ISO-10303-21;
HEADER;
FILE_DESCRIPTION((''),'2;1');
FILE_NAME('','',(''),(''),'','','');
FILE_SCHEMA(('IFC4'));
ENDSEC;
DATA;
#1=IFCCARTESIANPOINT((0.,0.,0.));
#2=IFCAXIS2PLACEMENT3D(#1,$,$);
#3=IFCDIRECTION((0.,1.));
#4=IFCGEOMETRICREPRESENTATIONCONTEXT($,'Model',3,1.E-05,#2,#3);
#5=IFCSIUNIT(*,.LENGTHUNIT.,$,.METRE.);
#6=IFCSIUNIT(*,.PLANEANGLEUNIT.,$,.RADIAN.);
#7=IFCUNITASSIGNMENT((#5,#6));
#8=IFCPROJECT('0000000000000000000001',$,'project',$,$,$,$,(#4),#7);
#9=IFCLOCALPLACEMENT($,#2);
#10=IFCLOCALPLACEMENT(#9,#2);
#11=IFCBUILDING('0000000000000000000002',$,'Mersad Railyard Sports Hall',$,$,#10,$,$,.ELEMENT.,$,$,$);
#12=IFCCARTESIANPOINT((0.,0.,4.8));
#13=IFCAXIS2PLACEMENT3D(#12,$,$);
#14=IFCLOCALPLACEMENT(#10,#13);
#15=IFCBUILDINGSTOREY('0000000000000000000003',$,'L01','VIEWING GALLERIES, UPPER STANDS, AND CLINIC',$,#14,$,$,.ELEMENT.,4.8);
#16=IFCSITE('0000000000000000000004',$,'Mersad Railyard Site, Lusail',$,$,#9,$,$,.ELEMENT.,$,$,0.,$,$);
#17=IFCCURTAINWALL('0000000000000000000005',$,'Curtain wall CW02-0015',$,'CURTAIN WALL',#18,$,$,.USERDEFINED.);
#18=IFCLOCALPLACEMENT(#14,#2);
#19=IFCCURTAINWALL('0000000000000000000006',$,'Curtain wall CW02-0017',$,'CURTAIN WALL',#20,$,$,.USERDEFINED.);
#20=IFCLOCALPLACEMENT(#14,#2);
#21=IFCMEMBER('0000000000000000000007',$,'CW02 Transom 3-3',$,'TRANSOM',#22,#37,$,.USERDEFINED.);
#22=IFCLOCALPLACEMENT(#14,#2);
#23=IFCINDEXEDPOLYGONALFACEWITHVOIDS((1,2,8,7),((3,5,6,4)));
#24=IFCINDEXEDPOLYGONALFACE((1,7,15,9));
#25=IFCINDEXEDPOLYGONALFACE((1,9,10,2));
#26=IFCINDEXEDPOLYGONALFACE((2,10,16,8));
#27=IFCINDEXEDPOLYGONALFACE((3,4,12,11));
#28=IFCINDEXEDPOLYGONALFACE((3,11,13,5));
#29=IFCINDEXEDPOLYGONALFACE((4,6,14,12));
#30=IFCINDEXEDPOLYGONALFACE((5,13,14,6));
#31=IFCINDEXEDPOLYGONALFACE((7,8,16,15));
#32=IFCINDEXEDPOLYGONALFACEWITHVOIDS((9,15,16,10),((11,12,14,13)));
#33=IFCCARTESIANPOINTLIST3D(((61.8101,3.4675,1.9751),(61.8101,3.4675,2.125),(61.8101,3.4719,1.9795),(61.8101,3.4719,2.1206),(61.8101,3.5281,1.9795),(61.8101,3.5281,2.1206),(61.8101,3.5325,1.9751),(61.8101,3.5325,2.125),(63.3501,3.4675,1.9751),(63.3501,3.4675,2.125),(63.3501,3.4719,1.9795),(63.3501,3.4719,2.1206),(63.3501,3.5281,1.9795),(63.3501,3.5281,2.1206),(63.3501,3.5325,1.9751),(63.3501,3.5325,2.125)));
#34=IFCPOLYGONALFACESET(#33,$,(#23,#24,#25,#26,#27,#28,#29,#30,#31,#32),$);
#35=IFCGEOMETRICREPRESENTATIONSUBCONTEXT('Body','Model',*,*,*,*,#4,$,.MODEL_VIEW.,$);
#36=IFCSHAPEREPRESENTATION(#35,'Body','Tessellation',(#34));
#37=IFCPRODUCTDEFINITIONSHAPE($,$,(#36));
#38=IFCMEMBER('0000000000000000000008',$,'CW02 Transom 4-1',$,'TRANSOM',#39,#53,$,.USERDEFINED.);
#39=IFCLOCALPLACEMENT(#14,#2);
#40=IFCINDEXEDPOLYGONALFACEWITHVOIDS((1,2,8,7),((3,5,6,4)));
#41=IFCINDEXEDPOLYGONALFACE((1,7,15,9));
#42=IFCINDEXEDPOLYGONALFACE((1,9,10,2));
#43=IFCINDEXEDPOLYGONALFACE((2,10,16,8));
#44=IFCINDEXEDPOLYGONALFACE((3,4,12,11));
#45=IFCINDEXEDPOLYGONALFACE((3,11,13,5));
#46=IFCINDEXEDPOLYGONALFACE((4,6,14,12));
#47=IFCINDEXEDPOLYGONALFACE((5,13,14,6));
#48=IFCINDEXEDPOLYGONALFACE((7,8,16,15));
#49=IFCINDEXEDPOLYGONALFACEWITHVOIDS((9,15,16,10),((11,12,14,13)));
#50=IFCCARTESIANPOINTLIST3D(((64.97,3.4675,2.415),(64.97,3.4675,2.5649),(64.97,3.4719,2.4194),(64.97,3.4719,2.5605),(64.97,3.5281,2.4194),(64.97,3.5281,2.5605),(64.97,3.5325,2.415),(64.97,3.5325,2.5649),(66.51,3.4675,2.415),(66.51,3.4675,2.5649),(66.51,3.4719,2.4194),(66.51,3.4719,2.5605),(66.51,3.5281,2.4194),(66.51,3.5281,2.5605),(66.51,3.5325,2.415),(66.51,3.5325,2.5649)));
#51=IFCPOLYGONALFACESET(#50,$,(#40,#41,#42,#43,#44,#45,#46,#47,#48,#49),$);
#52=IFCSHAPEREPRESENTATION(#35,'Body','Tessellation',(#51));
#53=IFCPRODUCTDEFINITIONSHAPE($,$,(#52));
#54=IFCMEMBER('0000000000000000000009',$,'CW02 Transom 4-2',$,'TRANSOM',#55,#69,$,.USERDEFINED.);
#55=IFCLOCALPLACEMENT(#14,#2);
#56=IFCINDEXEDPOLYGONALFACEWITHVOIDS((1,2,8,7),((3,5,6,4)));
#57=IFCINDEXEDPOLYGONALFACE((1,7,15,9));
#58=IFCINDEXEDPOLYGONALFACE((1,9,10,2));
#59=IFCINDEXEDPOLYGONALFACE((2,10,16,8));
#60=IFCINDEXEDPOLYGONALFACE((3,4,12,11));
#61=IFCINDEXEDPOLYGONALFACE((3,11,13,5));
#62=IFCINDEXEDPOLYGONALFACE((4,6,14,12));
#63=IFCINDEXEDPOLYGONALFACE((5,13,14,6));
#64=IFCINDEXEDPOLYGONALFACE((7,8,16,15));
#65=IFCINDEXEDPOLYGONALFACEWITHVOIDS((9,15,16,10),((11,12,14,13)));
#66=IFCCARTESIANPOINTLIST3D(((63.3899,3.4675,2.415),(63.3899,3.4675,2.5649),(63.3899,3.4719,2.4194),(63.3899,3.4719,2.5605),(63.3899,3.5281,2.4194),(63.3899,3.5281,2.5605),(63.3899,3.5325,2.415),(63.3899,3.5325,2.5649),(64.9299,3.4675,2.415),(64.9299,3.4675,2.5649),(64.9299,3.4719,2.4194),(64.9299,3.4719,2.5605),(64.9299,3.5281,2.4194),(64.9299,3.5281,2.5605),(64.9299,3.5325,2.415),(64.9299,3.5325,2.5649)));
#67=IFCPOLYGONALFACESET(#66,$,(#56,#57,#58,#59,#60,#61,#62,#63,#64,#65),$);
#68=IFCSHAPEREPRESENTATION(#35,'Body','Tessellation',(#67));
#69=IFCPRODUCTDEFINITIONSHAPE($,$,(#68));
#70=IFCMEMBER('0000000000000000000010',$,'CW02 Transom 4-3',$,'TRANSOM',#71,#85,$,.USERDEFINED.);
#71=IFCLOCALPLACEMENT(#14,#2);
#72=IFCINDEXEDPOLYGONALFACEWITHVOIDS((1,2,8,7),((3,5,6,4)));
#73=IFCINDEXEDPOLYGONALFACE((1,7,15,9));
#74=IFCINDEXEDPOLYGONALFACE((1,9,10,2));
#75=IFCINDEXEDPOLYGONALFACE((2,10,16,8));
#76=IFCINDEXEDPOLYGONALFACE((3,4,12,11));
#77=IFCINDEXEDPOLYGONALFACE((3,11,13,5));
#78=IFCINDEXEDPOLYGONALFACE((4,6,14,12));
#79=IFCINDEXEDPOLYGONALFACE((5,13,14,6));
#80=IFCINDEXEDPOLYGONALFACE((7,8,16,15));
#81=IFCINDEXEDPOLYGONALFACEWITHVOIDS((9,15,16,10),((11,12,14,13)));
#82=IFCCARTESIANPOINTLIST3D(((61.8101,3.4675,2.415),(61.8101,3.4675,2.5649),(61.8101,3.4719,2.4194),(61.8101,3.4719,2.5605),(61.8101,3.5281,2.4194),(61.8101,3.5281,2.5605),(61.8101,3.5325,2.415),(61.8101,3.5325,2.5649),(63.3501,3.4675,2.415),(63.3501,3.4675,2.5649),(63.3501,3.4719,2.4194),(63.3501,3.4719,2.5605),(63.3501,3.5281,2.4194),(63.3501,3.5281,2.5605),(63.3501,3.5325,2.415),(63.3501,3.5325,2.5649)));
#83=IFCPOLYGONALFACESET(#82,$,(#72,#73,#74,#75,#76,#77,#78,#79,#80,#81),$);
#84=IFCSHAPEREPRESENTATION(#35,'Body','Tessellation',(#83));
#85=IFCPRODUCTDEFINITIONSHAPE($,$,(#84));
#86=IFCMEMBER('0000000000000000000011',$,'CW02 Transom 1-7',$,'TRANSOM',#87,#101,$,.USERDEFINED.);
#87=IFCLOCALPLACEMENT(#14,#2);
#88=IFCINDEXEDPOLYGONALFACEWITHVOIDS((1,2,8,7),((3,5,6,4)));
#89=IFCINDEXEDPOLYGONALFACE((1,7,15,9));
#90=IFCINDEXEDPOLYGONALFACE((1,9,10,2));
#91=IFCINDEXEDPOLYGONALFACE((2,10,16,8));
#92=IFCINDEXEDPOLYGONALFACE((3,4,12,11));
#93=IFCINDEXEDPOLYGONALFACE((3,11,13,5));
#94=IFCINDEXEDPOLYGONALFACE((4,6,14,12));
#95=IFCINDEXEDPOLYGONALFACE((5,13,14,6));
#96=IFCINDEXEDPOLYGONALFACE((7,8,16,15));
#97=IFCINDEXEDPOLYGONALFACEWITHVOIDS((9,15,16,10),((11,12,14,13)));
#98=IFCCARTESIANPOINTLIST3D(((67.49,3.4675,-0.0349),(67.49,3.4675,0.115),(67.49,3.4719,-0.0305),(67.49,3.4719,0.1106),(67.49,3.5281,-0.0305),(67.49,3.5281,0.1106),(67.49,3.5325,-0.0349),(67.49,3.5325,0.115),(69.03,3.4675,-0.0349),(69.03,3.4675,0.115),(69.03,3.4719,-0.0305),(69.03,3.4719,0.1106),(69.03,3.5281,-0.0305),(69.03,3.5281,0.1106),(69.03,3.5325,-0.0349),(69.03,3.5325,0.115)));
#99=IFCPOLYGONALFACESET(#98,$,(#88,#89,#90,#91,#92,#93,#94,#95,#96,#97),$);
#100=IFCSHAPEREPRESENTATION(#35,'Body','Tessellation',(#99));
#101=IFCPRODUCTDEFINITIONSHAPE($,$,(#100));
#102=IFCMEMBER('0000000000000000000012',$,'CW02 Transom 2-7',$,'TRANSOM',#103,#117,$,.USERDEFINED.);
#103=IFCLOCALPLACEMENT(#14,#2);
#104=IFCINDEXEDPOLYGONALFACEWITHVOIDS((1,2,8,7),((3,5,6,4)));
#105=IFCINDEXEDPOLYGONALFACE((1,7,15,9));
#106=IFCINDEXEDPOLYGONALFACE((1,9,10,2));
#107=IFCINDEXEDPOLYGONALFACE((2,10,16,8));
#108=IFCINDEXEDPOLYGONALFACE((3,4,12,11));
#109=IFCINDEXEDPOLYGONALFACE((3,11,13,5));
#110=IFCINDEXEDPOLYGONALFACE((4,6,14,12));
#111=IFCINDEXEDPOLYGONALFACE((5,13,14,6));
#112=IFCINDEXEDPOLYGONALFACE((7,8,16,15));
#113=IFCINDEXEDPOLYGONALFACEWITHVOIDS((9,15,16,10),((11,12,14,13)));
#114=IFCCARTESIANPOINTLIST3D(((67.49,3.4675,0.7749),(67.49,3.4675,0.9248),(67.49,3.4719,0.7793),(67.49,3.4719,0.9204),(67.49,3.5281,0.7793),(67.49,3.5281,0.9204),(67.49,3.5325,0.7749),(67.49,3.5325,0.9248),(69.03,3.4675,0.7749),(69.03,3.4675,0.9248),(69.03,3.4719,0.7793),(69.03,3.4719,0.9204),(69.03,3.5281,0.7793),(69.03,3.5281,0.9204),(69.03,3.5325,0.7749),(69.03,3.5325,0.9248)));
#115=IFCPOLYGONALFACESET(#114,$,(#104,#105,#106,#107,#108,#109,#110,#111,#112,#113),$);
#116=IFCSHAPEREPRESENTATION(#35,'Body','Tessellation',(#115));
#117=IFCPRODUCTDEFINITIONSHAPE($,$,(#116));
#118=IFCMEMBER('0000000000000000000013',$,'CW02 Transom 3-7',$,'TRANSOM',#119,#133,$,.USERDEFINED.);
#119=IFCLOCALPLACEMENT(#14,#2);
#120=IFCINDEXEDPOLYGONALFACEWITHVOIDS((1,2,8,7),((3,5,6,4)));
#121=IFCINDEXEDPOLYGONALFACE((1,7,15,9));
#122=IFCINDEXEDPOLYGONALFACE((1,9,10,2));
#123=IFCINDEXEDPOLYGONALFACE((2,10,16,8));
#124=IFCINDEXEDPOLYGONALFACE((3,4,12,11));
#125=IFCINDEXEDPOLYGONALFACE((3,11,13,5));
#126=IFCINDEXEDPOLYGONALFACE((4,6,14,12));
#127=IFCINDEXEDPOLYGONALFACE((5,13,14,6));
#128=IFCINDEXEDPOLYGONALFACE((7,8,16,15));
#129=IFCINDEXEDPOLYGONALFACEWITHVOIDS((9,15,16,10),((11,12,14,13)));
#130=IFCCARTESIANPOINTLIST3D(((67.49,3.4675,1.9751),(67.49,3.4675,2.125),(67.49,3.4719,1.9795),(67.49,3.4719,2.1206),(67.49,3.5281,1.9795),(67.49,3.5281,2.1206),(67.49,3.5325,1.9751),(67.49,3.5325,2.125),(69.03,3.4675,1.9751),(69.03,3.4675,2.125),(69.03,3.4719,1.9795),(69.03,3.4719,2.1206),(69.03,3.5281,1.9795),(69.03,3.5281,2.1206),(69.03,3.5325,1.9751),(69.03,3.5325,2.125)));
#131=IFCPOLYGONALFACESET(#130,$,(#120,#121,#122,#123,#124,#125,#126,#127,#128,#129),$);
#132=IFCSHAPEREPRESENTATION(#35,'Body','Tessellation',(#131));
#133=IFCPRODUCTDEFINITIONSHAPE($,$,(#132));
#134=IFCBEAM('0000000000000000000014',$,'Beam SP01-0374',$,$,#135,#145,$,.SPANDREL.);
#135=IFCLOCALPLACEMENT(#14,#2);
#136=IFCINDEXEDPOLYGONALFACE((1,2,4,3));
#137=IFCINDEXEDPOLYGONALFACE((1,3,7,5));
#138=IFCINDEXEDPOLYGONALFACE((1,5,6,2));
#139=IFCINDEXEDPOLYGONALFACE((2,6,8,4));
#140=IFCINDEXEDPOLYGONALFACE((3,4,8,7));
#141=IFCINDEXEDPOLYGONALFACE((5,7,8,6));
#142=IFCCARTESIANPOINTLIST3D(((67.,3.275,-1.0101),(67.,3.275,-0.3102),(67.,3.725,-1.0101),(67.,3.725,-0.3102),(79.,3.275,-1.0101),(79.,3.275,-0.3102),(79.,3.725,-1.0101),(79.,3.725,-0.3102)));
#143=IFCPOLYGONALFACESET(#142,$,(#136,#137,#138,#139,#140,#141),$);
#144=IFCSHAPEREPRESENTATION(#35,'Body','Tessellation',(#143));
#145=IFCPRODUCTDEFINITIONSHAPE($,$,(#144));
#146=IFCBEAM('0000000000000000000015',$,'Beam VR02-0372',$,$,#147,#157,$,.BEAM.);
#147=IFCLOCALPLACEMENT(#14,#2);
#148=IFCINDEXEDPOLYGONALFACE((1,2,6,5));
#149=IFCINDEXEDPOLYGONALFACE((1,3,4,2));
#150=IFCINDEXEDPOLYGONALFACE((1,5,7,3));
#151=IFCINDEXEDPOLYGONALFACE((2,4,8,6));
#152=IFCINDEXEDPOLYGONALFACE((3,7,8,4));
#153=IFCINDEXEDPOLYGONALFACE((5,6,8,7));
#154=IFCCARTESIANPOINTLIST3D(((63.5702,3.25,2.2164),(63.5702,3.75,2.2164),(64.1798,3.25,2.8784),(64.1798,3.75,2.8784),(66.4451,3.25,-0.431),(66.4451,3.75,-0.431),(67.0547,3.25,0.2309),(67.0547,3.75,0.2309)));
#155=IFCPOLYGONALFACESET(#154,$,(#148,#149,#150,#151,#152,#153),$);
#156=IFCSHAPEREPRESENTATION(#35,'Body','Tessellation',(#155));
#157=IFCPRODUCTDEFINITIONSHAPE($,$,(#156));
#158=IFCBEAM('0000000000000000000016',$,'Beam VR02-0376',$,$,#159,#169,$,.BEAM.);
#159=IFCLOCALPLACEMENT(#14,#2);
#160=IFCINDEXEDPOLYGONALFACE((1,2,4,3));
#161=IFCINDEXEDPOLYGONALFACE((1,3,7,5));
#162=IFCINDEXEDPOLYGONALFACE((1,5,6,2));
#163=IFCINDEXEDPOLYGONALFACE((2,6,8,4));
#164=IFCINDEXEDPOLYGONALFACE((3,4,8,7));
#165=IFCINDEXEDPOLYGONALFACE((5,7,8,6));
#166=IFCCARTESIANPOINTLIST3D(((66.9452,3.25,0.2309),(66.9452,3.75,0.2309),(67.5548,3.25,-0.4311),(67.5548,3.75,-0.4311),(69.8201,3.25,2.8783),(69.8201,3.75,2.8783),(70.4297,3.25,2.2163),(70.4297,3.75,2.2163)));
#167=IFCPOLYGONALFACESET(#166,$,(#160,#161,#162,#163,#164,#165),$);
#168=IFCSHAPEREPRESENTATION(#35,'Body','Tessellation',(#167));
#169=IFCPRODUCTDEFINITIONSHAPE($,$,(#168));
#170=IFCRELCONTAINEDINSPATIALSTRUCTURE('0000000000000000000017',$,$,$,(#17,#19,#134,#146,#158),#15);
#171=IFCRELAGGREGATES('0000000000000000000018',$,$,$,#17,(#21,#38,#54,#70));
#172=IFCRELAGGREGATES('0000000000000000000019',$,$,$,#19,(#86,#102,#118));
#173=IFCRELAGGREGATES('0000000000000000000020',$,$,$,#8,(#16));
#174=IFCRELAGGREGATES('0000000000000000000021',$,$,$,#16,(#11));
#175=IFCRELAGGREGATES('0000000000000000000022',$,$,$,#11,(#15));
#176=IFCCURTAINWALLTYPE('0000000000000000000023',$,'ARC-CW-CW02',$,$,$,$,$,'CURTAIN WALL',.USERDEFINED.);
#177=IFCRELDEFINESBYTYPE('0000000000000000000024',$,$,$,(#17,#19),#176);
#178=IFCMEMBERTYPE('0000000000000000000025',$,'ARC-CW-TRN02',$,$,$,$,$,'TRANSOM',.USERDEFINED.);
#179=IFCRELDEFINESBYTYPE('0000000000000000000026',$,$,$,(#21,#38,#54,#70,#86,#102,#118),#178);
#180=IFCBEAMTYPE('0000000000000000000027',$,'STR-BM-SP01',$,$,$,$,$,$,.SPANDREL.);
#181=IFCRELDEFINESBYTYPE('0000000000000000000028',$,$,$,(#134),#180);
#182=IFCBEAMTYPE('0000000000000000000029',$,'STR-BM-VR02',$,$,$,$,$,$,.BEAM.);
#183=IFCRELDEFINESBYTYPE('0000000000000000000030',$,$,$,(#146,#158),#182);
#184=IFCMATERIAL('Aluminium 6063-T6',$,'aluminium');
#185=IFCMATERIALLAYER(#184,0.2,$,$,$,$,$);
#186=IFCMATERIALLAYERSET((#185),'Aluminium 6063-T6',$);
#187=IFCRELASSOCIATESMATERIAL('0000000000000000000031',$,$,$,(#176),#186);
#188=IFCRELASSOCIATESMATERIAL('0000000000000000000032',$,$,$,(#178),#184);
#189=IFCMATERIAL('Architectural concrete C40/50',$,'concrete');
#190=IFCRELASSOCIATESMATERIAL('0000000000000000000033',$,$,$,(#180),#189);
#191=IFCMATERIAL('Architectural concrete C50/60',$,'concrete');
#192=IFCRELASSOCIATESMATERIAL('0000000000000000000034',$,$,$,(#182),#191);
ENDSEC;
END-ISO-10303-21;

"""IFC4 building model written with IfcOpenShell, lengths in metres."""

from ifc_helpers import new_model, si_unit, direction, frame, origin, origin_2d, place, context, subcontext, project, spatial, rectangle, hollow_rectangle, extrude, material, layer, layer_set, material_profile, profile_set, type_object, element, aggregate, save


model = new_model("IFC4")

# Units and contexts
model_context = context("Model", 3, precision=1e-05, world=origin(), true_north=direction((0.0, 1.0)))
body_context = subcontext(model_context, "Body", "Model", "MODEL_VIEW")
ifc_project = project(units=[si_unit("LENGTHUNIT", "METRE"), si_unit("PLANEANGLEUNIT", "RADIAN")], contexts=[model_context])

# Site, building, storey
site_placement = place(None, origin())
site = spatial("IfcSite", under=ifc_project, at=site_placement, Name="Mersad Railyard Site, Lusail", CompositionType="ELEMENT", RefElevation=0.0)
building_placement = place(site_placement, origin())
building = spatial("IfcBuilding", under=site, at=building_placement, Name="Mersad Railyard Sports Hall", CompositionType="ELEMENT")
storey_placement = place(building_placement, frame((0.0, 0.0, 4.8)))
storey = spatial("IfcBuildingStorey", under=building, at=storey_placement, Name="L01", Description="VIEWING GALLERIES, UPPER STANDS, AND CLINIC", CompositionType="ELEMENT", Elevation=4.8)

# Shared definitions
ifc_material_1 = material(Name="Architectural concrete C50/60", Category="concrete")

# Curtain wall
ifc_material_2 = material(Name="Aluminium 6063-T6", Category="aluminium")
ifc_layer_1 = layer(ifc_material_2, 0.2)
ifc_layer_set_1 = layer_set([ifc_layer_1], Name="Aluminium 6063-T6")
curtain_wall_type = type_object("IfcCurtainWallType", Name="ARC-CW-CW02", ElementType="CURTAIN WALL", PredefinedType="USERDEFINED", material=ifc_layer_set_1)
curtain_wall_1_placement = place(storey_placement, origin())
curtain_wall_1 = element("IfcCurtainWall", 1, at=curtain_wall_1_placement, inside=storey, type_object=curtain_wall_type, Name="Curtain wall CW02-0015", ObjectType="CURTAIN WALL", PredefinedType="USERDEFINED")

# Curtain wall
curtain_wall_2_placement = place(storey_placement, origin())
curtain_wall_2 = element("IfcCurtainWall", 2, at=curtain_wall_2_placement, inside=storey, type_object=curtain_wall_type, Name="Curtain wall CW02-0017", ObjectType="CURTAIN WALL", PredefinedType="USERDEFINED")

# Members
ifc_material_profile_1 = material_profile(ifc_material_2, hollow_rectangle(XDim=0.0649, YDim=0.1499, WallThickness=0.0044, at=origin_2d()), Name="AL TRANSOM 65x150x4.5")
ifc_profile_set_1 = profile_set([ifc_material_profile_1], Name="Aluminium 6063-T6")
member_type_1 = type_object("IfcMemberType", Name="ARC-CW-TRN02", ElementType="TRANSOM", PredefinedType="USERDEFINED", material=ifc_profile_set_1)
member_1_placement = place(storey_placement, frame((63.3501, 3.5, 2.05), z_axis=(-1.0, 0.0, 0.0), x_axis=(0.0, -1.0, 0.0)))
member_1 = element("IfcMember", 3, at=member_1_placement, type_object=member_type_1, Name="CW02 Transom 3-3", ObjectType="TRANSOM", PredefinedType="USERDEFINED", context=body_context, shape_type="SweptSolid", body=[
    extrude(hollow_rectangle(XDim=0.0649, YDim=0.1499, WallThickness=0.0044, at=origin_2d()), origin(), (0.0, 0.0, 1.0), 1.54),
])
member_2_placement = place(storey_placement, frame((66.51, 3.5, 2.49), z_axis=(-1.0, 0.0, 0.0), x_axis=(0.0, -1.0, 0.0)))
member_2 = element("IfcMember", 4, at=member_2_placement, type_object=member_type_1, Name="CW02 Transom 4-1", ObjectType="TRANSOM", PredefinedType="USERDEFINED", context=body_context, shape_type="SweptSolid", body=[
    extrude(hollow_rectangle(XDim=0.0649, YDim=0.1499, WallThickness=0.0044, at=origin_2d()), origin(), (0.0, 0.0, 1.0), 1.54),
])
member_3_placement = place(storey_placement, frame((64.9299, 3.5, 2.49), z_axis=(-1.0, 0.0, 0.0), x_axis=(0.0, -1.0, 0.0)))
member_3 = element("IfcMember", 5, at=member_3_placement, type_object=member_type_1, Name="CW02 Transom 4-2", ObjectType="TRANSOM", PredefinedType="USERDEFINED", context=body_context, shape_type="SweptSolid", body=[
    extrude(hollow_rectangle(XDim=0.0649, YDim=0.1499, WallThickness=0.0044, at=origin_2d()), origin(), (0.0, 0.0, 1.0), 1.54),
])
member_4_placement = place(storey_placement, frame((63.3501, 3.5, 2.49), z_axis=(-1.0, 0.0, 0.0), x_axis=(0.0, -1.0, 0.0)))
member_4 = element("IfcMember", 6, at=member_4_placement, type_object=member_type_1, Name="CW02 Transom 4-3", ObjectType="TRANSOM", PredefinedType="USERDEFINED", context=body_context, shape_type="SweptSolid", body=[
    extrude(hollow_rectangle(XDim=0.0649, YDim=0.1499, WallThickness=0.0044, at=origin_2d()), origin(), (0.0, 0.0, 1.0), 1.54),
])
member_5_placement = place(storey_placement, frame((69.03, 3.5, 0.04), z_axis=(-1.0, 0.0, 0.0), x_axis=(0.0, -1.0, 0.0)))
member_5 = element("IfcMember", 7, at=member_5_placement, type_object=member_type_1, Name="CW02 Transom 1-7", ObjectType="TRANSOM", PredefinedType="USERDEFINED", context=body_context, shape_type="SweptSolid", body=[
    extrude(hollow_rectangle(XDim=0.0649, YDim=0.1499, WallThickness=0.0044, at=origin_2d()), origin(), (0.0, 0.0, 1.0), 1.54),
])
member_6_placement = place(storey_placement, frame((69.03, 3.5, 0.8499), z_axis=(-1.0, 0.0, 0.0), x_axis=(0.0, -1.0, 0.0)))
member_6 = element("IfcMember", 8, at=member_6_placement, type_object=member_type_1, Name="CW02 Transom 2-7", ObjectType="TRANSOM", PredefinedType="USERDEFINED", context=body_context, shape_type="SweptSolid", body=[
    extrude(hollow_rectangle(XDim=0.0649, YDim=0.1499, WallThickness=0.0044, at=origin_2d()), origin(), (0.0, 0.0, 1.0), 1.54),
])
member_7_placement = place(storey_placement, frame((69.03, 3.5, 2.05), z_axis=(-1.0, 0.0, 0.0), x_axis=(0.0, -1.0, 0.0)))
member_7 = element("IfcMember", 9, at=member_7_placement, type_object=member_type_1, Name="CW02 Transom 3-7", ObjectType="TRANSOM", PredefinedType="USERDEFINED", context=body_context, shape_type="SweptSolid", body=[
    extrude(hollow_rectangle(XDim=0.0649, YDim=0.1499, WallThickness=0.0044, at=origin_2d()), origin(), (0.0, 0.0, 1.0), 1.54),
])

# Beams
ifc_material_3 = material(Name="Architectural concrete C40/50", Category="concrete")
ifc_material_profile_2 = material_profile(ifc_material_3, rectangle(XDim=0.45, YDim=0.7, at=origin_2d()), Name="RC 450x700")
ifc_profile_set_2 = profile_set([ifc_material_profile_2], Name="Architectural concrete C40/50")
beam_type_1 = type_object("IfcBeamType", Name="STR-BM-SP01", PredefinedType="SPANDREL", material=ifc_profile_set_2)
beam_placement = place(storey_placement, frame((67.0, 3.5, -0.6602), z_axis=(1.0, 0.0, 0.0), x_axis=(0.0, 1.0, 0.0)))
element("IfcBeam", 10, at=beam_placement, inside=storey, type_object=beam_type_1, Name="Beam SP01-0374", PredefinedType="SPANDREL", context=body_context, shape_type="SweptSolid", body=[
    extrude(rectangle(XDim=0.45, YDim=0.7, at=origin_2d()), origin(), (0.0, 0.0, 1.0), 12.0),
])
ifc_material_profile_3 = material_profile(ifc_material_1, rectangle(XDim=0.5, YDim=0.8999, at=origin_2d()), Name="VR 500x900")
ifc_profile_set_3 = profile_set([ifc_material_profile_3], Name="Architectural concrete C50/60")
beam_type_2 = type_object("IfcBeamType", Name="STR-BM-VR02", PredefinedType="BEAM", material=ifc_profile_set_3)
for number, where, z_axis, x_axis, name in (
    (11, (63.875, 3.5, 2.5474), (0.735617, 0.0, -0.677397), (0.0, 1.0, 0.0), "Beam VR02-0372"),
    (12, (67.25, 3.5, -0.1001), (0.735617, 0.0, 0.677397), (0.0, 1.0, 0.0), "Beam VR02-0376"),
):
    element("IfcBeam", number, at=place(storey_placement, frame(where, z_axis=z_axis, x_axis=x_axis)), inside=storey, type_object=beam_type_2, Name=name, PredefinedType="BEAM", context=body_context, shape_type="SweptSolid", body=[
        extrude(rectangle(XDim=0.5, YDim=0.8999, at=origin_2d()), origin(), (0.0, 0.0, 1.0), 3.9082),
    ])

aggregate(curtain_wall_1, [member_1, member_2, member_3, member_4])
aggregate(curtain_wall_2, [member_5, member_6, member_7])

save(model, "model.ifc")
